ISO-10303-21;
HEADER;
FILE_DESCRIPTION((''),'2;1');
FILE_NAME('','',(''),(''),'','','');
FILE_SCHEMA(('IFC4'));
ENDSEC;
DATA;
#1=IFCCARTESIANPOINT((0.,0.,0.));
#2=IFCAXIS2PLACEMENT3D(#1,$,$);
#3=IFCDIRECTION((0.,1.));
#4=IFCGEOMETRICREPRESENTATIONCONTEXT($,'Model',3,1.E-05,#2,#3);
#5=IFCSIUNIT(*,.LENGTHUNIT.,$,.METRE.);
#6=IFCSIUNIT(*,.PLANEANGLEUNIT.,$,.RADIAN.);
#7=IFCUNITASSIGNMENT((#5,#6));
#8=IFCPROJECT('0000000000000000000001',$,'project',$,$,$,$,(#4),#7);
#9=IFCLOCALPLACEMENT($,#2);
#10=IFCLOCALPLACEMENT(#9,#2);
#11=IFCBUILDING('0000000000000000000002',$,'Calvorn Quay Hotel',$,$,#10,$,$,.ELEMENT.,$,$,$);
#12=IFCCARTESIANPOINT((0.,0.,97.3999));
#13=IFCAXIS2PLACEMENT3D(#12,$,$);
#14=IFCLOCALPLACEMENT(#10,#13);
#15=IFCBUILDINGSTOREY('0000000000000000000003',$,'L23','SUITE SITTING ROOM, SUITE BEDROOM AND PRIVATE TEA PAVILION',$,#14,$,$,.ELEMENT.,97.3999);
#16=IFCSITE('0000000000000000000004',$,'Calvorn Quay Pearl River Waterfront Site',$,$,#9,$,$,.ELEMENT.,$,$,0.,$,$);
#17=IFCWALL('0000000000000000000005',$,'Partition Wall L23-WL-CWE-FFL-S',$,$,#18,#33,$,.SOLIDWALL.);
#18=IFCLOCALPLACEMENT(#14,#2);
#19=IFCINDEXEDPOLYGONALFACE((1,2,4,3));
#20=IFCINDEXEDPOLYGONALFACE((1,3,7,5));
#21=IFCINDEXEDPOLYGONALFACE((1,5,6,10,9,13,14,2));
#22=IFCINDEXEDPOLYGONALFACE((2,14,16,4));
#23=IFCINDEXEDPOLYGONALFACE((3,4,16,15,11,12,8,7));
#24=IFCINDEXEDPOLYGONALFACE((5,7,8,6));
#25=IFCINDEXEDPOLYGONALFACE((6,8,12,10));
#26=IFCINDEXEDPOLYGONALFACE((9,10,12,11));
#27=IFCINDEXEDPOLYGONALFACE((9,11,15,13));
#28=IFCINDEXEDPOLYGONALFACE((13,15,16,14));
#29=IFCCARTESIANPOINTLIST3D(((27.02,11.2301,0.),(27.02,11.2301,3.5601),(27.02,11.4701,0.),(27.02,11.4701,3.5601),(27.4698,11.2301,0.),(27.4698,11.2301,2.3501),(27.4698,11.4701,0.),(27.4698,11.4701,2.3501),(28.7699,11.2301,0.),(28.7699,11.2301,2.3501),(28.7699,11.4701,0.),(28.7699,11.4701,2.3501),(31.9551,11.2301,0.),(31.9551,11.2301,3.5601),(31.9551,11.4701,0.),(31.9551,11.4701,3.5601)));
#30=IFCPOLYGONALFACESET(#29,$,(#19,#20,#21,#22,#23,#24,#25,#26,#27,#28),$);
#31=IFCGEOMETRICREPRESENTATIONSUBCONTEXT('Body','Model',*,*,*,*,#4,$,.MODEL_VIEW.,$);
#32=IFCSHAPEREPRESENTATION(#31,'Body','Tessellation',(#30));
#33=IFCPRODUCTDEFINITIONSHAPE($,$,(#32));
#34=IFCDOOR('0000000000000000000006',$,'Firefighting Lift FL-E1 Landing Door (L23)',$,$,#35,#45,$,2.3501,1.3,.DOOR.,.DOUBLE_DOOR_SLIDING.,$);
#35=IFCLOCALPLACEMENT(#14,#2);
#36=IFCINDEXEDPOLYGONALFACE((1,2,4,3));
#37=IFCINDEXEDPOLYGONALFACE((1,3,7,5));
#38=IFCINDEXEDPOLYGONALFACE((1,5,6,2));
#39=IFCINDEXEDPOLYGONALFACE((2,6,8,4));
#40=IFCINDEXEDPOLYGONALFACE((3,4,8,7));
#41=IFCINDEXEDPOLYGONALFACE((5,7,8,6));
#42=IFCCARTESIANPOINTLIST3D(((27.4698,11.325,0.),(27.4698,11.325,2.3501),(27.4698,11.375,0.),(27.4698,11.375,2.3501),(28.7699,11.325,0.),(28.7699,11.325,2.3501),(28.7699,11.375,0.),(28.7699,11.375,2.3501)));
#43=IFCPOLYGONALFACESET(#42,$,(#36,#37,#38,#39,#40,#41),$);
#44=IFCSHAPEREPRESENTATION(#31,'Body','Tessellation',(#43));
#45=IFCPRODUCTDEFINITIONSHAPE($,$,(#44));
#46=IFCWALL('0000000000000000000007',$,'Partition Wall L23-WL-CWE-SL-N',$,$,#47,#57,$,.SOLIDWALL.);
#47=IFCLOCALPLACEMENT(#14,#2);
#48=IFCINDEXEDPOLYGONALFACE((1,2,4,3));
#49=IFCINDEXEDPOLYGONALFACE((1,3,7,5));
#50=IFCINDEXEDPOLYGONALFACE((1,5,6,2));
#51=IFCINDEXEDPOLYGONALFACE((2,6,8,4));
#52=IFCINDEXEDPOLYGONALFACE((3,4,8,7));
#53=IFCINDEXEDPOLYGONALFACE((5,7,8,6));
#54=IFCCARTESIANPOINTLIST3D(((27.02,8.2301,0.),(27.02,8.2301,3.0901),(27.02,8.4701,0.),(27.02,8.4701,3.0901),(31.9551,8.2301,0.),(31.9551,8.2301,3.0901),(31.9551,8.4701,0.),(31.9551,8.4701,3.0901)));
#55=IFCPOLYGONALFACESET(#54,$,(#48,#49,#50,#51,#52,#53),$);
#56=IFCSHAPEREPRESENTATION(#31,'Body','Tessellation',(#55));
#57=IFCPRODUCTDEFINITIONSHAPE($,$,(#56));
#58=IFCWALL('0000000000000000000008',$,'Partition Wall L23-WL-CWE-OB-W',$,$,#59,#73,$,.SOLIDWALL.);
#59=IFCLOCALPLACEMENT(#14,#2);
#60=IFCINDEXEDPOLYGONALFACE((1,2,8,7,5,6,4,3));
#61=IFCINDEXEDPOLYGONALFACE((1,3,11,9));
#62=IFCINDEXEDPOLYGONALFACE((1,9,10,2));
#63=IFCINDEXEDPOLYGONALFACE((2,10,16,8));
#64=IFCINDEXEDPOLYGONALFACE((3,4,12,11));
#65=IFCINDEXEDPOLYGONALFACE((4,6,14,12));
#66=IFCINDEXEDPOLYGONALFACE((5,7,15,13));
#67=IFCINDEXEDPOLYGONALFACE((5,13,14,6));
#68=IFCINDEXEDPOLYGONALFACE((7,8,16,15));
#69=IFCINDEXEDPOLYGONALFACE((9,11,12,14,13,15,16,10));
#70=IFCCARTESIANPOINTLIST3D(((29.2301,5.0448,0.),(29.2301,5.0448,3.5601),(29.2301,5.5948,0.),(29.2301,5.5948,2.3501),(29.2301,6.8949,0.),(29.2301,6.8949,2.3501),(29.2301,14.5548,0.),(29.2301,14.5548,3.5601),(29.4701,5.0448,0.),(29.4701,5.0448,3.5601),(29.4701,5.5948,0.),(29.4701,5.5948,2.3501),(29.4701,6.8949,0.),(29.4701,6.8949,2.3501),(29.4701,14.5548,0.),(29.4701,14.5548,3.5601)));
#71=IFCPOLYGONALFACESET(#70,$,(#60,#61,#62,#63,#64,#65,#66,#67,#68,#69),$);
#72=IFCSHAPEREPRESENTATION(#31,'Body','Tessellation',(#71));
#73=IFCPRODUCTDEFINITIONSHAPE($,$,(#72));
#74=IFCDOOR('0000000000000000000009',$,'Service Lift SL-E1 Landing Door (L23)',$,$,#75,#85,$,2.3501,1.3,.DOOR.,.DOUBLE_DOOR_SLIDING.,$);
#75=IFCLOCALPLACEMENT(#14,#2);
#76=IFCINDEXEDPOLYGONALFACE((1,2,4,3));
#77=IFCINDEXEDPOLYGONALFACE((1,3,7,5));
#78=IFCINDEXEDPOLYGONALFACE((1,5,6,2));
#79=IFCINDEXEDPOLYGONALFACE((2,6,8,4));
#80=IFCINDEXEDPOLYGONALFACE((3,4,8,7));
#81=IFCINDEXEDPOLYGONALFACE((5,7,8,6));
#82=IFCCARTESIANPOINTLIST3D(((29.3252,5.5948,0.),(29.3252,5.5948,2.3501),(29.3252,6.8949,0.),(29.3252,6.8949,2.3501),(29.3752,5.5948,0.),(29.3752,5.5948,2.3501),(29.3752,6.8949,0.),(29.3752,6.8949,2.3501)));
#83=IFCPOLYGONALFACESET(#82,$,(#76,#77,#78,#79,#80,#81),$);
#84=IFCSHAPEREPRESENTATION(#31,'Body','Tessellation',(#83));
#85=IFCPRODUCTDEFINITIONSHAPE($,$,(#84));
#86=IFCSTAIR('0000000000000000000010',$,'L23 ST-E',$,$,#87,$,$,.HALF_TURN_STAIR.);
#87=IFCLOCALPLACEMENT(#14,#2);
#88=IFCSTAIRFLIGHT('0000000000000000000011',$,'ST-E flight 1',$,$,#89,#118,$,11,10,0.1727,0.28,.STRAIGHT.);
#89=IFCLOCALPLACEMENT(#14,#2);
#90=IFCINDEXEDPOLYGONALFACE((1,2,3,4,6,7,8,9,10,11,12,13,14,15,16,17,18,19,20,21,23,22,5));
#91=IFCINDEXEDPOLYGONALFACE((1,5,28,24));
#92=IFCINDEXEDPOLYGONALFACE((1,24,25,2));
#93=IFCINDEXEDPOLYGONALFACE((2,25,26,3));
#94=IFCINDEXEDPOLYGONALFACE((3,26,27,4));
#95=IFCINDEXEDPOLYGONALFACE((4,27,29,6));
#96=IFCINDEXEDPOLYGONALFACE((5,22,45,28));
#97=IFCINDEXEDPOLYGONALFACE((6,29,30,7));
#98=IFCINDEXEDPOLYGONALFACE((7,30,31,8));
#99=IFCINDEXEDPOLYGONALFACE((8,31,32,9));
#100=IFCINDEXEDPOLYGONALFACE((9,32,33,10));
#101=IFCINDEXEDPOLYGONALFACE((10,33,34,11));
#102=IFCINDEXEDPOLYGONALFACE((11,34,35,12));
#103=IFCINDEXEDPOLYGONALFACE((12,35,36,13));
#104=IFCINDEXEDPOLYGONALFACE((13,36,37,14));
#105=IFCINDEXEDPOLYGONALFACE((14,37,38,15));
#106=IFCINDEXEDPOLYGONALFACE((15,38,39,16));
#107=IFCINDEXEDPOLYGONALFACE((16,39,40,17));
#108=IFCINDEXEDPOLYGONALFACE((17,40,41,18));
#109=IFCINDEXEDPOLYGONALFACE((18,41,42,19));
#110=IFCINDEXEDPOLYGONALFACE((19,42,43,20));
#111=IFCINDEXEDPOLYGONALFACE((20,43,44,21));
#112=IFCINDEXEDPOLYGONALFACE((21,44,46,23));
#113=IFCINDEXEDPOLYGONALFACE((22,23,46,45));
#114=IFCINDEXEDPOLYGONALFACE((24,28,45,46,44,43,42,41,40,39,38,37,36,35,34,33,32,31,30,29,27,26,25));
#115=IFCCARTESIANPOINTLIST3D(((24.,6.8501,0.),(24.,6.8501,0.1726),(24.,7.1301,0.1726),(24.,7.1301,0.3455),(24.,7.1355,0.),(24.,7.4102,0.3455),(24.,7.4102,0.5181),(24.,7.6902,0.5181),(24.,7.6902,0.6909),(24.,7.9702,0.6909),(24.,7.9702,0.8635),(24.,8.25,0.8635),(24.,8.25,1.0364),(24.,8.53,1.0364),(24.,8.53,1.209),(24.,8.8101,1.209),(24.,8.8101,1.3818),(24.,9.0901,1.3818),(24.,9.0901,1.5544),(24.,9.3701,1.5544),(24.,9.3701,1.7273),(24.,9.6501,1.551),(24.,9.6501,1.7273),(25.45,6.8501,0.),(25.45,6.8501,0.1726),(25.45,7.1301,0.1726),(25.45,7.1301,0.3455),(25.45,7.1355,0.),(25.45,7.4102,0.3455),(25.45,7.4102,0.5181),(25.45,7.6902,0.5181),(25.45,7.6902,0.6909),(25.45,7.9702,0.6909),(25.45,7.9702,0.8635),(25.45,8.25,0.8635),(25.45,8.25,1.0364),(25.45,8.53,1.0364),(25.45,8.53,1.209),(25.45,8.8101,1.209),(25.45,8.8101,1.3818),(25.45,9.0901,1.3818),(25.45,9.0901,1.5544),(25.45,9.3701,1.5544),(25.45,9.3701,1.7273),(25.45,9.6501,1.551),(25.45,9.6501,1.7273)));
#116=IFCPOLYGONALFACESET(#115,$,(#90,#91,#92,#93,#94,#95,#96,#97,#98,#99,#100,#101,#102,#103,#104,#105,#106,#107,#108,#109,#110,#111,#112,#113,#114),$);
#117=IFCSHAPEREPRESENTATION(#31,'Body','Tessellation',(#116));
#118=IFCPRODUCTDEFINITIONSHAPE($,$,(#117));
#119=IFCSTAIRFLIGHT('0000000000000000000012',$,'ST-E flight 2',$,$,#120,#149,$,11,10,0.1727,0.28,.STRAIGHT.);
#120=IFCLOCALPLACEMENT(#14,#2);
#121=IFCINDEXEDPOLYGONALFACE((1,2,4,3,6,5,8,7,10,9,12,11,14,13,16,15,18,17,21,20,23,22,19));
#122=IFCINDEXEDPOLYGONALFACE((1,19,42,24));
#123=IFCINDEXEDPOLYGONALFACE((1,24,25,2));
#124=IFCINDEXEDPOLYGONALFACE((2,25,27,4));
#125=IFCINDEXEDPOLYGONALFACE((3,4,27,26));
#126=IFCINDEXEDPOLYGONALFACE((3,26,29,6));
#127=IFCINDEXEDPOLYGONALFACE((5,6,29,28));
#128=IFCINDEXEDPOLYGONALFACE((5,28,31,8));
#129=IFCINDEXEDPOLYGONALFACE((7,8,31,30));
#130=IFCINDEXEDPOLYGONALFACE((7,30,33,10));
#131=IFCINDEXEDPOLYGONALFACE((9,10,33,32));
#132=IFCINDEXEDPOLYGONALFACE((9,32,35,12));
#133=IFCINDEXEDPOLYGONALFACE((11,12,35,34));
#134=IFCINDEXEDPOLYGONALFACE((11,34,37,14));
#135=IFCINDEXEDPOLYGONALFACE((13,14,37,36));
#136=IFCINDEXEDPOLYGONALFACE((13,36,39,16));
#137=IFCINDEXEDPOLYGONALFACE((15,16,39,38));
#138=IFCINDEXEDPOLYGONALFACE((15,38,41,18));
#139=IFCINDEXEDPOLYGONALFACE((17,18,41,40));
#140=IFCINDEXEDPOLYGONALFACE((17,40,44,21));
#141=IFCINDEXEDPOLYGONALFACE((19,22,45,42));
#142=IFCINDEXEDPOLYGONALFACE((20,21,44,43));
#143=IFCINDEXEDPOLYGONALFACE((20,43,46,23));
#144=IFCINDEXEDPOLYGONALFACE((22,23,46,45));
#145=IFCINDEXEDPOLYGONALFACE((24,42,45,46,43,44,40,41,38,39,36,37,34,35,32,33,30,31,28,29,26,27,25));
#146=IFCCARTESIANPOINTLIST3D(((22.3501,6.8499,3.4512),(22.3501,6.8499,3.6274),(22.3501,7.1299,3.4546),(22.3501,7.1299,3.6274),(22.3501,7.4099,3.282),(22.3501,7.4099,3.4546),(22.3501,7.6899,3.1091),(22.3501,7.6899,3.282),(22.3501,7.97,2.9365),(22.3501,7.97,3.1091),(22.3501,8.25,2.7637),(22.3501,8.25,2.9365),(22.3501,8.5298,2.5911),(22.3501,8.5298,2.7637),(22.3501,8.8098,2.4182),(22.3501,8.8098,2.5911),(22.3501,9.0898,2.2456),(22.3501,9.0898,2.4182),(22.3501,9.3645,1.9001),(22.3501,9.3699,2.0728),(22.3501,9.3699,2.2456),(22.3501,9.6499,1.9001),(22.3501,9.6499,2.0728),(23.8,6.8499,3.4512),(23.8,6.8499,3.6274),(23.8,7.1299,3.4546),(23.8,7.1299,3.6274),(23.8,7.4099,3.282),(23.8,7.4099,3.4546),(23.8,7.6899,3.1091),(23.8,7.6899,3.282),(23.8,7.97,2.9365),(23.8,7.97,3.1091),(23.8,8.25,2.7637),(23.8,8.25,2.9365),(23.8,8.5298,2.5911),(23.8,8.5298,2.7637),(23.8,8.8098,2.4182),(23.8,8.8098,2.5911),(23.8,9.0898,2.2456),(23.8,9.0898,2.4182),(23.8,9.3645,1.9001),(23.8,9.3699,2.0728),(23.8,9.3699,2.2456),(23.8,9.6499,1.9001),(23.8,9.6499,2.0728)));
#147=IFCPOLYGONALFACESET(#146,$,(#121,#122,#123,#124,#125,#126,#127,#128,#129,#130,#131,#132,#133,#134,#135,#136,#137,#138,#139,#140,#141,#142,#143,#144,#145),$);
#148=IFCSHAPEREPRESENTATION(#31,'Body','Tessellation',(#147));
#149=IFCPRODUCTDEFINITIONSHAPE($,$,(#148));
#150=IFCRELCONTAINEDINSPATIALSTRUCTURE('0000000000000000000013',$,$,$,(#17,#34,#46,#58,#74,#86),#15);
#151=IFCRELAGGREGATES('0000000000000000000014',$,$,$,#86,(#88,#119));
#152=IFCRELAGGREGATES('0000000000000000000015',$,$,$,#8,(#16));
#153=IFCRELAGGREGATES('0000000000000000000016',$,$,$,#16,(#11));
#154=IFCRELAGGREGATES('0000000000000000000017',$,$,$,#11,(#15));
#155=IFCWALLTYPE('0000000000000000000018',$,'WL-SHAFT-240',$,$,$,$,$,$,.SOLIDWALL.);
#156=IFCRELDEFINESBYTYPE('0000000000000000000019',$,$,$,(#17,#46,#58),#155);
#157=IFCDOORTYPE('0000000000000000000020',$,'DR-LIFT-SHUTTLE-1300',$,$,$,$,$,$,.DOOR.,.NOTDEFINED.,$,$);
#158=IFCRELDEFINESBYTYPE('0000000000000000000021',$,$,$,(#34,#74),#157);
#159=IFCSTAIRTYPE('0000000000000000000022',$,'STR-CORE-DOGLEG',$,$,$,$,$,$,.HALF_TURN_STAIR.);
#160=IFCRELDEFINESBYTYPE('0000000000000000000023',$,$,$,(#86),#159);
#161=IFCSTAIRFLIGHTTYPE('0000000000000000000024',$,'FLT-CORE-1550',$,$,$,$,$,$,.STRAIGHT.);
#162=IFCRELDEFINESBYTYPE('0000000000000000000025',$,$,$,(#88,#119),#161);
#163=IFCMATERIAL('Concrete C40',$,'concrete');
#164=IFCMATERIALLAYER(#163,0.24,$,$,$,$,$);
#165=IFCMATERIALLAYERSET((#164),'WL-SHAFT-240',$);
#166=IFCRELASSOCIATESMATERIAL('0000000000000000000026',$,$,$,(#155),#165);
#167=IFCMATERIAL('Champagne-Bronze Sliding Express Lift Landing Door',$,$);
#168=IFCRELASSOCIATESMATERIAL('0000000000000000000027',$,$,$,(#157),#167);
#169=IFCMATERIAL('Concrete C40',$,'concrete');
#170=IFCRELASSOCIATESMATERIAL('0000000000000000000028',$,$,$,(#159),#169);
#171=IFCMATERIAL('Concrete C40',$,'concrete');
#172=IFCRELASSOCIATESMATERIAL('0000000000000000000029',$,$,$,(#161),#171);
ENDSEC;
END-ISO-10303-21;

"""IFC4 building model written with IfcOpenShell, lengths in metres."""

from ifc_helpers import new_model, si_unit, direction, frame, frame_2d, origin, place, context, subcontext, project, spatial, polyline, rectangle, outline, extrude, material, layer, layer_set, type_object, element, fill, aggregate, save


model = new_model("IFC4")

# Units and contexts
model_context = context("Model", 3, precision=1e-05, world=origin(), true_north=direction((0.0, 1.0)))
body_context = subcontext(model_context, "Body", "Model", "MODEL_VIEW")
ifc_project = project(units=[si_unit("LENGTHUNIT", "METRE"), si_unit("PLANEANGLEUNIT", "RADIAN")], contexts=[model_context])

# Site, building, storey
site_placement = place(None, origin())
site = spatial("IfcSite", under=ifc_project, at=site_placement, Name="Calvorn Quay Pearl River Waterfront Site", CompositionType="ELEMENT", RefElevation=0.0)
building_placement = place(site_placement, origin())
building = spatial("IfcBuilding", under=site, at=building_placement, Name="Calvorn Quay Hotel", CompositionType="ELEMENT")
storey_placement = place(building_placement, frame((0.0, 0.0, 97.3999)))
storey = spatial("IfcBuildingStorey", under=building, at=storey_placement, Name="L23", Description="SUITE SITTING ROOM, SUITE BEDROOM AND PRIVATE TEA PAVILION", CompositionType="ELEMENT", Elevation=97.3999)

# Shared definitions
ifc_material_1 = material(Name="Concrete C40", Category="concrete")
ifc_layer_1 = layer(ifc_material_1, 0.24)
ifc_layer_set_1 = layer_set([ifc_layer_1], Name="WL-SHAFT-240")
wall_type = type_object("IfcWallType", Name="WL-SHAFT-240", PredefinedType="SOLIDWALL", material=ifc_layer_set_1)

# Wall, opening, door
wall_1_placement = place(storey_placement, frame((27.02, 11.3501, 0.0), z_axis=(0.0, 0.0, 1.0), x_axis=(1.0, 0.0, 0.0)))
wall_1 = element("IfcWall", 1, at=wall_1_placement, inside=storey, type_object=wall_type, Name="Partition Wall L23-WL-CWE-FFL-S", PredefinedType="SOLIDWALL", context=body_context, shape_type="SweptSolid", body=[
    extrude(rectangle(XDim=4.9351, YDim=0.24, at=frame_2d((2.4675, 0.0))), origin(), (0.0, 0.0, 1.0), 3.5601),
])
opening_1_placement = place(wall_1_placement, frame((0.45, 0.0, 0.0)))
opening_1 = element("IfcOpeningElement", 2, at=opening_1_placement, cuts=wall_1, PredefinedType="OPENING", context=body_context, shape_type="SweptSolid", body=[
    extrude(rectangle(XDim=1.3, YDim=2.3501, at=frame_2d((0.6499, 1.175))), frame((0.0, 0.1299, 0.0), z_axis=(0.0, -1.0, 0.0), x_axis=(1.0, 0.0, 0.0)), (0.0, 0.0, 1.0), 0.26),
])
ifc_material_2 = material(Name="Champagne-Bronze Sliding Express Lift Landing Door")
door_type_1 = type_object("IfcDoorType", Name="DR-LIFT-SHUTTLE-1300", OperationType="NOTDEFINED", PredefinedType="DOOR", material=ifc_material_2)
door_1_placement = place(opening_1_placement, origin())
door_1 = element("IfcDoor", 3, at=door_1_placement, inside=storey, type_object=door_type_1, Name="Firefighting Lift FL-E1 Landing Door (L23)", OperationType="DOUBLE_DOOR_SLIDING", OverallHeight=2.3501, OverallWidth=1.3, PredefinedType="DOOR", context=body_context, shape_type="SweptSolid", body=[
    extrude(rectangle(XDim=1.3, YDim=2.3501, at=frame_2d((0.6499, 1.175))), frame((0.0, 0.0249, 0.0), z_axis=(0.0, -1.0, 0.0), x_axis=(1.0, 0.0, 0.0)), (0.0, 0.0, 1.0), 0.05),
])
fill(opening_1, door_1)

# Wall
wall_2_placement = place(storey_placement, frame((27.02, 8.3501, 0.0), z_axis=(0.0, 0.0, 1.0), x_axis=(1.0, 0.0, 0.0)))
element("IfcWall", 4, at=wall_2_placement, inside=storey, type_object=wall_type, Name="Partition Wall L23-WL-CWE-SL-N", PredefinedType="SOLIDWALL", context=body_context, shape_type="SweptSolid", body=[
    extrude(rectangle(XDim=4.9351, YDim=0.24, at=frame_2d((2.4675, 0.0))), origin(), (0.0, 0.0, 1.0), 3.0901),
])

# Wall, opening, door
wall_3_placement = place(storey_placement, frame((29.3501, 5.0449, 0.0), z_axis=(0.0, 0.0, 1.0), x_axis=(0.0, 1.0, 0.0)))
wall_3 = element("IfcWall", 5, at=wall_3_placement, inside=storey, type_object=wall_type, Name="Partition Wall L23-WL-CWE-OB-W", PredefinedType="SOLIDWALL", context=body_context, shape_type="SweptSolid", body=[
    extrude(rectangle(XDim=9.51, YDim=0.24, at=frame_2d((4.7549, 0.0))), origin(), (0.0, 0.0, 1.0), 3.5601),
])
opening_2_placement = place(wall_3_placement, frame((0.55, 0.0, 0.0)))
opening_2 = element("IfcOpeningElement", 6, at=opening_2_placement, cuts=wall_3, PredefinedType="OPENING", context=body_context, shape_type="SweptSolid", body=[
    extrude(rectangle(XDim=1.3, YDim=2.3501, at=frame_2d((0.6499, 1.175))), frame((0.0, 0.1299, 0.0), z_axis=(0.0, -1.0, 0.0), x_axis=(1.0, 0.0, 0.0)), (0.0, 0.0, 1.0), 0.26),
])
door_2_placement = place(opening_2_placement, origin())
door_2 = element("IfcDoor", 7, at=door_2_placement, inside=storey, type_object=door_type_1, Name="Service Lift SL-E1 Landing Door (L23)", OperationType="DOUBLE_DOOR_SLIDING", OverallHeight=2.3501, OverallWidth=1.3, PredefinedType="DOOR", context=body_context, shape_type="SweptSolid", body=[
    extrude(rectangle(XDim=1.3, YDim=2.3501, at=frame_2d((0.6499, 1.175))), frame((0.0, 0.0249, 0.0), z_axis=(0.0, -1.0, 0.0), x_axis=(1.0, 0.0, 0.0)), (0.0, 0.0, 1.0), 0.05),
])
fill(opening_2, door_2)

# Stair, stair flights
ifc_material_3 = material(Name="Concrete C40", Category="concrete")
stair_type = type_object("IfcStairType", Name="STR-CORE-DOGLEG", PredefinedType="HALF_TURN_STAIR", material=ifc_material_3)
stair_placement = place(storey_placement, origin())
stair = element("IfcStair", 8, at=stair_placement, inside=storey, type_object=stair_type, Name="L23 ST-E", PredefinedType="HALF_TURN_STAIR")
ifc_material_4 = material(Name="Concrete C40", Category="concrete")
stair_flight_type = type_object("IfcStairFlightType", Name="FLT-CORE-1550", PredefinedType="STRAIGHT", material=ifc_material_4)
stair_flight_1_placement = place(storey_placement, frame((24.7251, 6.8501, 0.0), z_axis=(0.0, 0.0, 1.0), x_axis=(0.0, 1.0, 0.0)))
stair_flight_1 = element("IfcStairFlight", 9, at=stair_flight_1_placement, type_object=stair_flight_type, Name="ST-E flight 1", NumberOfRisers=11, NumberOfTreads=10, PredefinedType="STRAIGHT", RiserHeight=0.1727, TreadLength=0.28, context=body_context, shape_type="SweptSolid", body=[
    extrude(outline(polyline([(0.0, 0.0), (0.0, 0.1726), (0.28, 0.1726), (0.28, 0.3455), (0.5601, 0.3455), (0.5601, 0.5181), (0.8401, 0.5181), (0.8401, 0.6909), (1.1201, 0.6909), (1.1201, 0.8635), (1.3999, 0.8635), (1.3999, 1.0364), (1.6799, 1.0364), (1.6799, 1.209), (1.96, 1.209), (1.96, 1.3818), (2.24, 1.3818), (2.24, 1.5544), (2.52, 1.5544), (2.52, 1.7273), (2.8, 1.7273), (2.8, 1.8999), (2.8, 1.551), (0.2854, 0.0), (0.0, 0.0)])), frame((0.0, 0.7251, 0.0), z_axis=(0.0, -1.0, 0.0), x_axis=(1.0, 0.0, 0.0)), (0.0, 0.0, 1.0), 1.45),
])
stair_flight_2_placement = place(storey_placement, frame((23.075, 9.6499, 1.9001), z_axis=(0.0, 0.0, 1.0), x_axis=(0.0, -1.0, 0.0)))
stair_flight_2 = element("IfcStairFlight", 10, at=stair_flight_2_placement, type_object=stair_flight_type, Name="ST-E flight 2", NumberOfRisers=11, NumberOfTreads=10, PredefinedType="STRAIGHT", RiserHeight=0.1727, TreadLength=0.28, context=body_context, shape_type="SweptSolid", body=[
    extrude(outline(polyline([(0.0, 0.0), (0.0, 0.1726), (0.28, 0.1726), (0.28, 0.3455), (0.5601, 0.3455), (0.5601, 0.5181), (0.8401, 0.5181), (0.8401, 0.6909), (1.1201, 0.6909), (1.1201, 0.8635), (1.3999, 0.8635), (1.3999, 1.0364), (1.6799, 1.0364), (1.6799, 1.209), (1.96, 1.209), (1.96, 1.3818), (2.24, 1.3818), (2.24, 1.5544), (2.52, 1.5544), (2.52, 1.7273), (2.8, 1.7273), (2.8, 1.8999), (2.8, 1.551), (0.2854, 0.0), (0.0, 0.0)])), frame((0.0, 0.7251, 0.0), z_axis=(0.0, -1.0, 0.0), x_axis=(1.0, 0.0, 0.0)), (0.0, 0.0, 1.0), 1.45),
])
aggregate(stair, [stair_flight_1, stair_flight_2])

save(model, "model.ifc")
